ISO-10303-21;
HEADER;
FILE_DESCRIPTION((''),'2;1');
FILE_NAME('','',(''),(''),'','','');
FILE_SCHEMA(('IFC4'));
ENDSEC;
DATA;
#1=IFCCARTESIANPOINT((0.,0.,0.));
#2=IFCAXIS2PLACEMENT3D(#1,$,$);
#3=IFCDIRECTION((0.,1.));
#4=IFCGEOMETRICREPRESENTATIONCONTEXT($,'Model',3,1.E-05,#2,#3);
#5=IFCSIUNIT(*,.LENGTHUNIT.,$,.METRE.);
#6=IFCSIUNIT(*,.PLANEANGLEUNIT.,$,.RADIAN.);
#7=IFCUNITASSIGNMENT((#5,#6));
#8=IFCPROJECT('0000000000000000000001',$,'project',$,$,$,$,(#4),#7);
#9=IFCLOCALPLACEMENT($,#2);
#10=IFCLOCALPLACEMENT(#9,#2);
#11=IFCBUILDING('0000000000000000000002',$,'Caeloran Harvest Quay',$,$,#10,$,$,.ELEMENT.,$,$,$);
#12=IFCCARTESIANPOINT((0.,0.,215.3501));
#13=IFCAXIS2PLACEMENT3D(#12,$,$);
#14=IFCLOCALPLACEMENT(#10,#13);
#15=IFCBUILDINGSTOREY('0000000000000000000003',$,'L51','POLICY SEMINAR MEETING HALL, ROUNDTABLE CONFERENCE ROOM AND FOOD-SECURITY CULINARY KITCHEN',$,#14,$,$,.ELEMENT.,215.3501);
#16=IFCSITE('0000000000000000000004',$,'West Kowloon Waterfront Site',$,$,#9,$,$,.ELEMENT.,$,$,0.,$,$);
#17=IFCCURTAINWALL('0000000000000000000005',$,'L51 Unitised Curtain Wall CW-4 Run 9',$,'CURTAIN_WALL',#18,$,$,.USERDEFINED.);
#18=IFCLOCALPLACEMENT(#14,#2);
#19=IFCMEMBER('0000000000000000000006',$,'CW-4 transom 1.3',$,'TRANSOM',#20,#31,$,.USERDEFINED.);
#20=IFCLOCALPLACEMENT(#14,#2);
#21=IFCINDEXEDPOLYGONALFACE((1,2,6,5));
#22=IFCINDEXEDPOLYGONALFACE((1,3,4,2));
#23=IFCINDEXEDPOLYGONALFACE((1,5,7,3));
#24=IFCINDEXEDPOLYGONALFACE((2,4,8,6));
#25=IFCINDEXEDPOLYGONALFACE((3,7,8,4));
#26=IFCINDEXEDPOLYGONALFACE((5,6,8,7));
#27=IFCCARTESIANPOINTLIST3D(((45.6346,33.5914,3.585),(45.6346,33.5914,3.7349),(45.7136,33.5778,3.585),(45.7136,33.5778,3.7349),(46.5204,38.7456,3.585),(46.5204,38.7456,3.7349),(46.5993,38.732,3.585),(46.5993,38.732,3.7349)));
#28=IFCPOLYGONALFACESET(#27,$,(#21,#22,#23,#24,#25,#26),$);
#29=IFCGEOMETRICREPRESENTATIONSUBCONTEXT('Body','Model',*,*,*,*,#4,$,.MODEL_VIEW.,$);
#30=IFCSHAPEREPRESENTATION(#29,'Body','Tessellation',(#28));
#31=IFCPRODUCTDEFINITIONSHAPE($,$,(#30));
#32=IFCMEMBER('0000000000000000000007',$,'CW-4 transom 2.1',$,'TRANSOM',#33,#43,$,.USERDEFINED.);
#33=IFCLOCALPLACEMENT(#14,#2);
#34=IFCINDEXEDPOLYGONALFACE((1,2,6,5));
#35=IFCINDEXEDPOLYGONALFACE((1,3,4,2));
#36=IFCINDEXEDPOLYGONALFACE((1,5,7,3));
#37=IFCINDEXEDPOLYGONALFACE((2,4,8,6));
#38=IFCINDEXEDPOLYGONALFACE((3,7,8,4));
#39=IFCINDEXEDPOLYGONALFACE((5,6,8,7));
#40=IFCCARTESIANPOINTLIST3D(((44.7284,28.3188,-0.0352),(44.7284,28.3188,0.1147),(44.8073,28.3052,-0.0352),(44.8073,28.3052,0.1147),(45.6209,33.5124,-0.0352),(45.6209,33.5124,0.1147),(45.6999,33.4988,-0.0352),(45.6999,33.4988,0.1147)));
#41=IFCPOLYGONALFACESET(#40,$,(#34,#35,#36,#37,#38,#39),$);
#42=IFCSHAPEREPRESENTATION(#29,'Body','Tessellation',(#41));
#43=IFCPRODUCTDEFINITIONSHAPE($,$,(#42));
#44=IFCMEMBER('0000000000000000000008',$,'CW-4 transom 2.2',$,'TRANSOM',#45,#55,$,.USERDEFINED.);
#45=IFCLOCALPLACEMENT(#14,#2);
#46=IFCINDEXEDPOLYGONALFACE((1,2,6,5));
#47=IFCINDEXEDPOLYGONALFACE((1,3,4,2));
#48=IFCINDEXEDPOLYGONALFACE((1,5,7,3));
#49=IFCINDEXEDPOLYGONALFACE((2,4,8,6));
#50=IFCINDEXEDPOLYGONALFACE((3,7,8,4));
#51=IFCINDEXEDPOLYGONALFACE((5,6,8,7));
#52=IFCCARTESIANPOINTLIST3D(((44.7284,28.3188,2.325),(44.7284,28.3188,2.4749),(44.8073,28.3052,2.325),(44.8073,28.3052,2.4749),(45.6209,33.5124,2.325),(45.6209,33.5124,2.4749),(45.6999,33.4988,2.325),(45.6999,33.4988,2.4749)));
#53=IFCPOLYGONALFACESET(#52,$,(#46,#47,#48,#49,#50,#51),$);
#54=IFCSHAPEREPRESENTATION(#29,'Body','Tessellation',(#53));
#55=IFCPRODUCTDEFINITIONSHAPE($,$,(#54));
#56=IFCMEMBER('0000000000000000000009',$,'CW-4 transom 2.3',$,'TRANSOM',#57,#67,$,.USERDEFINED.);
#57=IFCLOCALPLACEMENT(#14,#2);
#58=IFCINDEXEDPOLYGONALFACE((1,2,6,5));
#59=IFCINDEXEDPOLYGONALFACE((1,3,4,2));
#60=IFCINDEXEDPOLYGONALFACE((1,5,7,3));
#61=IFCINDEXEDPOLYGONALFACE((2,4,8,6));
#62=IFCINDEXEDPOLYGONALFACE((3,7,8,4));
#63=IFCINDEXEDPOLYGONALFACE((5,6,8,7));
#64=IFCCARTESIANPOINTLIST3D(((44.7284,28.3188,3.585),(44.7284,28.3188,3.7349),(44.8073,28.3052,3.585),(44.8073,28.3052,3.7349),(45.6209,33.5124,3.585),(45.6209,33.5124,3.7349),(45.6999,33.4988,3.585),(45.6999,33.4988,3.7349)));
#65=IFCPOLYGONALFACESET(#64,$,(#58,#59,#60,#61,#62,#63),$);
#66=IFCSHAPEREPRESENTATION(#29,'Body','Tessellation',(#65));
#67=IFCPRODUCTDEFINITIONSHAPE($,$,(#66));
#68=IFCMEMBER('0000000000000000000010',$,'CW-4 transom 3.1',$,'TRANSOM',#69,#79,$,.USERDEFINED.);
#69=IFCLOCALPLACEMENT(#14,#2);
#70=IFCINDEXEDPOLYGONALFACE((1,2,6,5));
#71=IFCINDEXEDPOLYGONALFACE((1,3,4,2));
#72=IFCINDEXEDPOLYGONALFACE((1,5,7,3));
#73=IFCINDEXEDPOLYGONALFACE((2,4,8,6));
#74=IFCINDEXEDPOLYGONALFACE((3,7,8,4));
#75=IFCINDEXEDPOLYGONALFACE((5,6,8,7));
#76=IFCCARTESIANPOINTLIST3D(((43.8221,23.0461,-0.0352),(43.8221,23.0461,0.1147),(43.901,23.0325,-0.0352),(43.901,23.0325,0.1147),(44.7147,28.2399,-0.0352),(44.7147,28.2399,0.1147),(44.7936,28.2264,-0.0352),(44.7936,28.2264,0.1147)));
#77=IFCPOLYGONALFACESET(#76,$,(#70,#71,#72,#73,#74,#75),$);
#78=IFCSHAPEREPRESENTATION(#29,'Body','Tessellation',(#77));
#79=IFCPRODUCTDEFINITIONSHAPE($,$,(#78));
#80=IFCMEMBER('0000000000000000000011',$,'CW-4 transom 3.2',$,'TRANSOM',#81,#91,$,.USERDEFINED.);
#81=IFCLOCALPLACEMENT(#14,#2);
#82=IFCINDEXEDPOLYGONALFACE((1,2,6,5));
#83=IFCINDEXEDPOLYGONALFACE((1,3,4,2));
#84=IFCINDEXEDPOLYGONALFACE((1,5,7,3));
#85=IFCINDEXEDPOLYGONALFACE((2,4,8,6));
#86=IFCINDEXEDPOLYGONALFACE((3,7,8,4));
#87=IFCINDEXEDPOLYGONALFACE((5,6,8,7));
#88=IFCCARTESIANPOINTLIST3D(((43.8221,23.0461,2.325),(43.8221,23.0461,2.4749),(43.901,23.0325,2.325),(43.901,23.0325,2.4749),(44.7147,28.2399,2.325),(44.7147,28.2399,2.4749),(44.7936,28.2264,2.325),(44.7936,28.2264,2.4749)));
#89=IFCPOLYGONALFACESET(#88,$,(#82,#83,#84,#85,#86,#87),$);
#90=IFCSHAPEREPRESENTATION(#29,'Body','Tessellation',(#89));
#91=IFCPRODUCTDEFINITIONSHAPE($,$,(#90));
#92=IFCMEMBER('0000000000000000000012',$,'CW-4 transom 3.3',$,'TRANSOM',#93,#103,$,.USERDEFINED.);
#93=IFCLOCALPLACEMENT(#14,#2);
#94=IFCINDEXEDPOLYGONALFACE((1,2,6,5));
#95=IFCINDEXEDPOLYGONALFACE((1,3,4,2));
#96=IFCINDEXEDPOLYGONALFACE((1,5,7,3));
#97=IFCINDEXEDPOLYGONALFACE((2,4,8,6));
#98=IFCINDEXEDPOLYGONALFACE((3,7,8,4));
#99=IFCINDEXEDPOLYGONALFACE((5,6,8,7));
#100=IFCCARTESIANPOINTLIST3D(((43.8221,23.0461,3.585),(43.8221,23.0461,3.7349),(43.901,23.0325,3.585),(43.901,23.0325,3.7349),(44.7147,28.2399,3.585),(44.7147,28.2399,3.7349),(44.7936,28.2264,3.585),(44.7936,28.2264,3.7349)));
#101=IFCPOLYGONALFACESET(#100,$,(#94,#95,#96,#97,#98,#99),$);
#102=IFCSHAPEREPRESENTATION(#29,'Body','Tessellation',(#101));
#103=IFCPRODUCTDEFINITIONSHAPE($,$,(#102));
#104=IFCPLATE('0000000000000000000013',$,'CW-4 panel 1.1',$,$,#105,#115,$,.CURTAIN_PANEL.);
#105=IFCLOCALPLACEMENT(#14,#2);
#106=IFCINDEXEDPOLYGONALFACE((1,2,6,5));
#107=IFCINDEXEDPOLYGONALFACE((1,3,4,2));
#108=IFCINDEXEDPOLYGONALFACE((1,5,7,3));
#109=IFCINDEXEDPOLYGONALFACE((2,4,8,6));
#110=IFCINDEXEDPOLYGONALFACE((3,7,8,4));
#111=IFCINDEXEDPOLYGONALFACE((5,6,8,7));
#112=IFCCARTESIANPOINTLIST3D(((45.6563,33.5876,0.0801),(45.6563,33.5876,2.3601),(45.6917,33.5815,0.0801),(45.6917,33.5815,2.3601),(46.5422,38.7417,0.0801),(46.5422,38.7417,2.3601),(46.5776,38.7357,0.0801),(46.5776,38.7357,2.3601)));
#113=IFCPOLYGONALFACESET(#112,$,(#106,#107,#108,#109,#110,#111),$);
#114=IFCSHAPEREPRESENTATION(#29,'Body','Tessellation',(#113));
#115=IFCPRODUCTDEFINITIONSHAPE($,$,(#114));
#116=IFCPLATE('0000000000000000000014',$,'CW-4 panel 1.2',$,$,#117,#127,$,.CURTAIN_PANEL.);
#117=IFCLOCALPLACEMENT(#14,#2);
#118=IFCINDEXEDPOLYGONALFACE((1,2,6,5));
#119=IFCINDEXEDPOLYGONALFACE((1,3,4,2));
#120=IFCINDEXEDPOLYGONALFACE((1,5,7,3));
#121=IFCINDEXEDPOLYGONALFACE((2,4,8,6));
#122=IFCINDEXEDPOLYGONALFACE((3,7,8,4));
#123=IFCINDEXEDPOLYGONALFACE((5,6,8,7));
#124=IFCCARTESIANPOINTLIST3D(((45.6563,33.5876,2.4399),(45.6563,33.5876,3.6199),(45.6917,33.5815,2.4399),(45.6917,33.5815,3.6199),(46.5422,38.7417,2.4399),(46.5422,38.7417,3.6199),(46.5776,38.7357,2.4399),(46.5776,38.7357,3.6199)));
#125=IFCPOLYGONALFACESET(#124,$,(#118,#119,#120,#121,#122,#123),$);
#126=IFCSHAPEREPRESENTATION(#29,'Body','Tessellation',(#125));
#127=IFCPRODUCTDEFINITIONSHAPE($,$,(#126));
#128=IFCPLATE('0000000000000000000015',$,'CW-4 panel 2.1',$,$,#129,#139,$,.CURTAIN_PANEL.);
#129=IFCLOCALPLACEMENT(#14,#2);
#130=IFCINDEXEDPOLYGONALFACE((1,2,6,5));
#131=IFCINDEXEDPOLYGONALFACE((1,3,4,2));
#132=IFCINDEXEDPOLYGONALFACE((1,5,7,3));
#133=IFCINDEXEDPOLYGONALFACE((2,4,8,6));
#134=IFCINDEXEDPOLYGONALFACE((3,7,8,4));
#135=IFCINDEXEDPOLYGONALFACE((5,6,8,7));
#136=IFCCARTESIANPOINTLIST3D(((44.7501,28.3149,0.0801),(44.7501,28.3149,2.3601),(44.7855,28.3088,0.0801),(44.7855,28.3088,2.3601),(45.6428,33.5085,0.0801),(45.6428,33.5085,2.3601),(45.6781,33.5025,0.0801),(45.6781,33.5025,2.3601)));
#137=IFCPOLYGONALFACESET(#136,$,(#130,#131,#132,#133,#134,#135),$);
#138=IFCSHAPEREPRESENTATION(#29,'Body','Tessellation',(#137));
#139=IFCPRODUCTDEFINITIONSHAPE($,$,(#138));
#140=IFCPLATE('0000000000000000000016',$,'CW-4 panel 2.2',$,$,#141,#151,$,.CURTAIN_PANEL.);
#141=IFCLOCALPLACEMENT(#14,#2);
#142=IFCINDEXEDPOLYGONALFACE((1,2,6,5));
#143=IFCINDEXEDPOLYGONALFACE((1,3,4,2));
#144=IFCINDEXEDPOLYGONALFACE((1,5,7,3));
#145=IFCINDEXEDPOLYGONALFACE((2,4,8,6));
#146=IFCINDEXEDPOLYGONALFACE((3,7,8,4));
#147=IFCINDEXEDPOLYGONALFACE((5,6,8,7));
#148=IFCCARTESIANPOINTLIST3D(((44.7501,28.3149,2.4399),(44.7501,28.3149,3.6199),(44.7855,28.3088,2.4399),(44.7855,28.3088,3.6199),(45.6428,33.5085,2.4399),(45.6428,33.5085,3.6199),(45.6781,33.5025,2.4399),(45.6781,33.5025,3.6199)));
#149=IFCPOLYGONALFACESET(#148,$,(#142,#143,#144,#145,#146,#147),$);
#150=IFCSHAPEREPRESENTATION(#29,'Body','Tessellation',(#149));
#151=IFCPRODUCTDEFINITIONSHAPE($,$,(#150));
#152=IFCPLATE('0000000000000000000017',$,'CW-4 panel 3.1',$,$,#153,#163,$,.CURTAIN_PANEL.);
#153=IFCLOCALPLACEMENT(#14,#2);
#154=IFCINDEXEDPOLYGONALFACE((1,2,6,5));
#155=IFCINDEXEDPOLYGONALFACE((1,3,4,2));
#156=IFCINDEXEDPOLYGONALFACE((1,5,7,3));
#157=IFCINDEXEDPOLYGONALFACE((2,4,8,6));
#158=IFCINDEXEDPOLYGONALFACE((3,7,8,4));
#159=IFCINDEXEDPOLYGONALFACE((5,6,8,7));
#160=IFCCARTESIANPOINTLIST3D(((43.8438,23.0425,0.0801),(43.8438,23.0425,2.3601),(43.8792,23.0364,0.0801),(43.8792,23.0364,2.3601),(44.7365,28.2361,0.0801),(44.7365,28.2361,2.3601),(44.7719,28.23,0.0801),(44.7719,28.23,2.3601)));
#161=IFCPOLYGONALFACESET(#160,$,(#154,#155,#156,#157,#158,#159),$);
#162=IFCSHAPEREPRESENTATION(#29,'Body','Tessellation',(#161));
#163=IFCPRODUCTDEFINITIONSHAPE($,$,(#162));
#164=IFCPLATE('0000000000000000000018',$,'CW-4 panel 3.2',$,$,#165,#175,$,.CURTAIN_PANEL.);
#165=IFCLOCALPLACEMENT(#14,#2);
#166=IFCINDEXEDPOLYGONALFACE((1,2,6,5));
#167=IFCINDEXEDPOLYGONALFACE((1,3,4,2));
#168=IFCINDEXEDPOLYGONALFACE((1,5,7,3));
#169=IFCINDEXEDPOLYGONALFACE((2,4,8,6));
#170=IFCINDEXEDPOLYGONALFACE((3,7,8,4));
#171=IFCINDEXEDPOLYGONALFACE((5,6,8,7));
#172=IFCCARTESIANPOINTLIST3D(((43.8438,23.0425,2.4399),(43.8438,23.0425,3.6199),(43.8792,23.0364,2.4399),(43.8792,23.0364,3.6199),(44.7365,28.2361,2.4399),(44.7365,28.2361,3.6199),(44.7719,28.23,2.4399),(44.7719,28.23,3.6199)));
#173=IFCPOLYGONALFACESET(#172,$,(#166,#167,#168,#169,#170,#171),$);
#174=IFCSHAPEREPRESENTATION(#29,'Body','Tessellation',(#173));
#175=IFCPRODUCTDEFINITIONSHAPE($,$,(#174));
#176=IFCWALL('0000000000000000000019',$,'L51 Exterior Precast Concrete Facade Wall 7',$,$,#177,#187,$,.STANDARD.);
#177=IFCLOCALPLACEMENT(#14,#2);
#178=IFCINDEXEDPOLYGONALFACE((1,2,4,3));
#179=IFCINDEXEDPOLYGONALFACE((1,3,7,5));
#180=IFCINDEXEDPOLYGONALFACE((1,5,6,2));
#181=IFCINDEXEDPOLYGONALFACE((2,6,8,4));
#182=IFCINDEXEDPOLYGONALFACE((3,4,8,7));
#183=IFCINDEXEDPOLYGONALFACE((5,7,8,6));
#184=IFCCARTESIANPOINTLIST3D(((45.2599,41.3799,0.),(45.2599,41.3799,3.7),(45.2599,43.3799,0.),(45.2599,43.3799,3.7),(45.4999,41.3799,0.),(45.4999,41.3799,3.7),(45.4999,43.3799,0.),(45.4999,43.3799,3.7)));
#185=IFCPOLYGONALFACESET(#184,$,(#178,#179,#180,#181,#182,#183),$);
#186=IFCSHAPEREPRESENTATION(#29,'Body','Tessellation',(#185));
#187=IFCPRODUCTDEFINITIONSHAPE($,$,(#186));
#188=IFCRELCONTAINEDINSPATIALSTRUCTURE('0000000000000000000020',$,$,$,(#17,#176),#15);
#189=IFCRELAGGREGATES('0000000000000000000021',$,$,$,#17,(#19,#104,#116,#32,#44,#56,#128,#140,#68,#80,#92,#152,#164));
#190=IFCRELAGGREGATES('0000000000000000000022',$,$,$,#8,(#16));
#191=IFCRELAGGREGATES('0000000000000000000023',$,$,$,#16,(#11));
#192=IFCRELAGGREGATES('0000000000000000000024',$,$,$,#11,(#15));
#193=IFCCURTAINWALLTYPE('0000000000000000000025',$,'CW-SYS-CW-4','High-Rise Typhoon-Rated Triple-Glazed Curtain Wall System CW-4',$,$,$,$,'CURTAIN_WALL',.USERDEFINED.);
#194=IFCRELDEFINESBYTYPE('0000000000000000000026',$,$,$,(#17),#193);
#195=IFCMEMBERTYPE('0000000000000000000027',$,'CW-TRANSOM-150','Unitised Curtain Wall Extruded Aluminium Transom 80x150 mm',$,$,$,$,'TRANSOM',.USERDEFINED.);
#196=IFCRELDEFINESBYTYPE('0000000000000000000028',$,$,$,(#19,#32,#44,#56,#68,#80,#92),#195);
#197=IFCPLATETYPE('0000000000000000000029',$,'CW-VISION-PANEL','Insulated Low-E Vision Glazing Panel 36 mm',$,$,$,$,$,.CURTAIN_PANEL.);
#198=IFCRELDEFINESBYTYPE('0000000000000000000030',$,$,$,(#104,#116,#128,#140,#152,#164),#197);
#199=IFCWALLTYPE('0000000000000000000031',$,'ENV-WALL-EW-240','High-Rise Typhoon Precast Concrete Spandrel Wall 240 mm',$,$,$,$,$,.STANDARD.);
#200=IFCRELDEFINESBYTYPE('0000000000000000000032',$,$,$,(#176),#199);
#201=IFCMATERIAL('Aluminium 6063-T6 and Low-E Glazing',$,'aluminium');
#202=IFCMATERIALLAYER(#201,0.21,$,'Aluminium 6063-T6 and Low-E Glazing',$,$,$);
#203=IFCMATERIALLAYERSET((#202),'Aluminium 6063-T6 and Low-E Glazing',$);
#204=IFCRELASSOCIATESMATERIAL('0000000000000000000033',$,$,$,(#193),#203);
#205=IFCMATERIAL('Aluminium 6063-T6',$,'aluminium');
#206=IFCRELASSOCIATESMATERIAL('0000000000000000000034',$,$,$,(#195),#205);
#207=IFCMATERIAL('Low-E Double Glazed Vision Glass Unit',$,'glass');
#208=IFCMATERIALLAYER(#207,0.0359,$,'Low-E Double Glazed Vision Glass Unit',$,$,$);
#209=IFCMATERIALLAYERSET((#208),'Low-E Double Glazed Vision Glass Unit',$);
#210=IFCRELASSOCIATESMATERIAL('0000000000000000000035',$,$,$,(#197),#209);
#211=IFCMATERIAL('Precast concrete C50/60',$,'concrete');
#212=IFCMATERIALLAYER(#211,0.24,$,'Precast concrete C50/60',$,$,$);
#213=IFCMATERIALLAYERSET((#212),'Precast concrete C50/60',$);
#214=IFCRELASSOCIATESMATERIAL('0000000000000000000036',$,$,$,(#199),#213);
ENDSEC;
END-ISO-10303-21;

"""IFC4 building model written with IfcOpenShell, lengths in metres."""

from ifc_helpers import new_model, si_unit, direction, frame, frame_2d, origin, origin_2d, place, context, subcontext, project, spatial, rectangle, extrude, material, layer, layer_set, material_profile, profile_set, type_object, element, aggregate, save


model = new_model("IFC4")

# Units and contexts
model_context = context("Model", 3, precision=1e-05, world=origin(), true_north=direction((0.0, 1.0)))
body_context = subcontext(model_context, "Body", "Model", "MODEL_VIEW")
ifc_project = project(units=[si_unit("LENGTHUNIT", "METRE"), si_unit("PLANEANGLEUNIT", "RADIAN")], contexts=[model_context])

# Site, building, storey
site_placement = place(None, origin())
site = spatial("IfcSite", under=ifc_project, at=site_placement, Name="West Kowloon Waterfront Site", CompositionType="ELEMENT", RefElevation=0.0)
building_placement = place(site_placement, origin())
building = spatial("IfcBuilding", under=site, at=building_placement, Name="Caeloran Harvest Quay", CompositionType="ELEMENT")
storey_placement = place(building_placement, frame((0.0, 0.0, 215.3501)))
storey = spatial("IfcBuildingStorey", under=building, at=storey_placement, Name="L51", Description="POLICY SEMINAR MEETING HALL, ROUNDTABLE CONFERENCE ROOM AND FOOD-SECURITY CULINARY KITCHEN", CompositionType="ELEMENT", Elevation=215.3501)

# Curtain wall, members, plates
ifc_material_1 = material(Name="Aluminium 6063-T6 and Low-E Glazing", Category="aluminium")
ifc_layer_1 = layer(ifc_material_1, 0.21, Name="Aluminium 6063-T6 and Low-E Glazing")
ifc_layer_set_1 = layer_set([ifc_layer_1], Name="Aluminium 6063-T6 and Low-E Glazing")
curtain_wall_type = type_object("IfcCurtainWallType", Name="CW-SYS-CW-4", Description="High-Rise Typhoon-Rated Triple-Glazed Curtain Wall System CW-4", ElementType="CURTAIN_WALL", PredefinedType="USERDEFINED", material=ifc_layer_set_1)
curtain_wall_placement = place(storey_placement, origin())
curtain_wall = element("IfcCurtainWall", 1, at=curtain_wall_placement, inside=storey, type_object=curtain_wall_type, Name="L51 Unitised Curtain Wall CW-4 Run 9", ObjectType="CURTAIN_WALL", PredefinedType="USERDEFINED")
ifc_material_2 = material(Name="Aluminium 6063-T6", Category="aluminium")
ifc_material_profile_1 = material_profile(ifc_material_2, rectangle(XDim=0.0801, YDim=0.1499, at=origin_2d()), Name="CW-TRANSOM-150")
ifc_profile_set_1 = profile_set([ifc_material_profile_1], Name="Aluminium 6063-T6")
member_type_1 = type_object("IfcMemberType", Name="CW-TRANSOM-150", Description="Unitised Curtain Wall Extruded Aluminium Transom 80x150 mm", ElementType="TRANSOM", PredefinedType="USERDEFINED", material=ifc_profile_set_1)
member_1_placement = place(storey_placement, frame((46.5598, 38.7388, 3.6599), z_axis=(-0.169363, -0.985554, 0.0), x_axis=(0.985554, -0.169363, 0.0)))
member_1 = element("IfcMember", 2, at=member_1_placement, type_object=member_type_1, Name="CW-4 transom 1.3", ObjectType="TRANSOM", PredefinedType="USERDEFINED", context=body_context, shape_type="SweptSolid", body=[
    extrude(rectangle(XDim=0.0801, YDim=0.1499, at=origin_2d()), origin(), (0.0, 0.0, 1.0), 5.2297),
])
member_2_placement = place(storey_placement, frame((45.6604, 33.5056, 0.0398), z_axis=(-0.169378, -0.985551, 0.0), x_axis=(0.985551, -0.169378, 0.0)))
member_2 = element("IfcMember", 3, at=member_2_placement, type_object=member_type_1, Name="CW-4 transom 2.1", ObjectType="TRANSOM", PredefinedType="USERDEFINED", context=body_context, shape_type="SweptSolid", body=[
    extrude(rectangle(XDim=0.0801, YDim=0.1499, at=origin_2d()), origin(), (0.0, 0.0, 1.0), 5.2698),
])
member_3_placement = place(storey_placement, frame((45.6604, 33.5056, 2.3999), z_axis=(-0.169378, -0.985551, 0.0), x_axis=(0.985551, -0.169378, 0.0)))
member_3 = element("IfcMember", 4, at=member_3_placement, type_object=member_type_1, Name="CW-4 transom 2.2", ObjectType="TRANSOM", PredefinedType="USERDEFINED", context=body_context, shape_type="SweptSolid", body=[
    extrude(rectangle(XDim=0.0801, YDim=0.1499, at=origin_2d()), origin(), (0.0, 0.0, 1.0), 5.2698),
])
member_4_placement = place(storey_placement, frame((45.6604, 33.5056, 3.6599), z_axis=(-0.169378, -0.985551, 0.0), x_axis=(0.985551, -0.169378, 0.0)))
member_4 = element("IfcMember", 5, at=member_4_placement, type_object=member_type_1, Name="CW-4 transom 2.3", ObjectType="TRANSOM", PredefinedType="USERDEFINED", context=body_context, shape_type="SweptSolid", body=[
    extrude(rectangle(XDim=0.0801, YDim=0.1499, at=origin_2d()), origin(), (0.0, 0.0, 1.0), 5.2698),
])
member_5_placement = place(storey_placement, frame((44.7542, 28.2332, 0.0398), z_axis=(-0.16937, -0.985553, 0.0), x_axis=(0.985553, -0.16937, 0.0)))
member_5 = element("IfcMember", 6, at=member_5_placement, type_object=member_type_1, Name="CW-4 transom 3.1", ObjectType="TRANSOM", PredefinedType="USERDEFINED", context=body_context, shape_type="SweptSolid", body=[
    extrude(rectangle(XDim=0.0801, YDim=0.1499, at=origin_2d()), origin(), (0.0, 0.0, 1.0), 5.27),
])
member_6_placement = place(storey_placement, frame((44.7542, 28.2332, 2.3999), z_axis=(-0.16937, -0.985553, 0.0), x_axis=(0.985553, -0.16937, 0.0)))
member_6 = element("IfcMember", 7, at=member_6_placement, type_object=member_type_1, Name="CW-4 transom 3.2", ObjectType="TRANSOM", PredefinedType="USERDEFINED", context=body_context, shape_type="SweptSolid", body=[
    extrude(rectangle(XDim=0.0801, YDim=0.1499, at=origin_2d()), origin(), (0.0, 0.0, 1.0), 5.27),
])
member_7_placement = place(storey_placement, frame((44.7542, 28.2332, 3.6599), z_axis=(-0.16937, -0.985553, 0.0), x_axis=(0.985553, -0.16937, 0.0)))
member_7 = element("IfcMember", 8, at=member_7_placement, type_object=member_type_1, Name="CW-4 transom 3.3", ObjectType="TRANSOM", PredefinedType="USERDEFINED", context=body_context, shape_type="SweptSolid", body=[
    extrude(rectangle(XDim=0.0801, YDim=0.1499, at=origin_2d()), origin(), (0.0, 0.0, 1.0), 5.27),
])
ifc_material_3 = material(Name="Low-E Double Glazed Vision Glass Unit", Category="glass")
ifc_layer_2 = layer(ifc_material_3, 0.0359, Name="Low-E Double Glazed Vision Glass Unit")
ifc_layer_set_2 = layer_set([ifc_layer_2], Name="Low-E Double Glazed Vision Glass Unit")
plate_type = type_object("IfcPlateType", Name="CW-VISION-PANEL", Description="Insulated Low-E Vision Glazing Panel 36 mm", PredefinedType="CURTAIN_PANEL", material=ifc_layer_set_2)
plate_1_placement = place(storey_placement, frame((46.1169, 36.1616, 0.0801), z_axis=(0.0, 0.0, 1.0), x_axis=(-0.169391, -0.985549, 0.0)))
plate_1 = element("IfcPlate", 9, at=plate_1_placement, type_object=plate_type, Name="CW-4 panel 1.1", PredefinedType="CURTAIN_PANEL", context=body_context, shape_type="SweptSolid", body=[
    extrude(rectangle(XDim=5.2297, YDim=0.0359, at=origin_2d()), origin(), (0.0, 0.0, 1.0), 2.28),
])
plate_2_placement = place(storey_placement, frame((46.1169, 36.1616, 2.4399), z_axis=(0.0, 0.0, 1.0), x_axis=(-0.169391, -0.985549, 0.0)))
plate_2 = element("IfcPlate", 10, at=plate_2_placement, type_object=plate_type, Name="CW-4 panel 1.2", PredefinedType="CURTAIN_PANEL", context=body_context, shape_type="SweptSolid", body=[
    extrude(rectangle(XDim=5.2297, YDim=0.0359, at=origin_2d()), origin(), (0.0, 0.0, 1.0), 1.1799),
])
plate_3_placement = place(storey_placement, frame((45.2141, 30.9087, 0.0801), z_axis=(0.0, 0.0, 1.0), x_axis=(-0.169391, -0.985549, 0.0)))
plate_3 = element("IfcPlate", 11, at=plate_3_placement, type_object=plate_type, Name="CW-4 panel 2.1", PredefinedType="CURTAIN_PANEL", context=body_context, shape_type="SweptSolid", body=[
    extrude(rectangle(XDim=5.2698, YDim=0.0359, at=origin_2d()), origin(), (0.0, 0.0, 1.0), 2.28),
])
plate_4_placement = place(storey_placement, frame((45.2141, 30.9087, 2.4399), z_axis=(0.0, 0.0, 1.0), x_axis=(-0.169391, -0.985549, 0.0)))
plate_4 = element("IfcPlate", 12, at=plate_4_placement, type_object=plate_type, Name="CW-4 panel 2.2", PredefinedType="CURTAIN_PANEL", context=body_context, shape_type="SweptSolid", body=[
    extrude(rectangle(XDim=5.2698, YDim=0.0359, at=origin_2d()), origin(), (0.0, 0.0, 1.0), 1.1799),
])
plate_5_placement = place(storey_placement, frame((44.3079, 25.6362, 0.0801), z_axis=(0.0, 0.0, 1.0), x_axis=(-0.169391, -0.985549, 0.0)))
plate_5 = element("IfcPlate", 13, at=plate_5_placement, type_object=plate_type, Name="CW-4 panel 3.1", PredefinedType="CURTAIN_PANEL", context=body_context, shape_type="SweptSolid", body=[
    extrude(rectangle(XDim=5.2698, YDim=0.0359, at=origin_2d()), origin(), (0.0, 0.0, 1.0), 2.28),
])
plate_6_placement = place(storey_placement, frame((44.3079, 25.6362, 2.4399), z_axis=(0.0, 0.0, 1.0), x_axis=(-0.169391, -0.985549, 0.0)))
plate_6 = element("IfcPlate", 14, at=plate_6_placement, type_object=plate_type, Name="CW-4 panel 3.2", PredefinedType="CURTAIN_PANEL", context=body_context, shape_type="SweptSolid", body=[
    extrude(rectangle(XDim=5.2698, YDim=0.0359, at=origin_2d()), origin(), (0.0, 0.0, 1.0), 1.1799),
])
aggregate(curtain_wall, [member_1, plate_1, plate_2, member_2, member_3, member_4, plate_3, plate_4, member_5, member_6, member_7, plate_5, plate_6])

# Wall
ifc_material_4 = material(Name="Precast concrete C50/60", Category="concrete")
ifc_layer_3 = layer(ifc_material_4, 0.24, Name="Precast concrete C50/60")
ifc_layer_set_3 = layer_set([ifc_layer_3], Name="Precast concrete C50/60")
wall_type_1 = type_object("IfcWallType", Name="ENV-WALL-EW-240", Description="High-Rise Typhoon Precast Concrete Spandrel Wall 240 mm", PredefinedType="STANDARD", material=ifc_layer_set_3)
wall_1_placement = place(storey_placement, frame((45.3799, 43.3799, 0.0), z_axis=(0.0, 0.0, 1.0), x_axis=(0.0, -1.0, 0.0)))
element("IfcWall", 15, at=wall_1_placement, inside=storey, type_object=wall_type_1, Name="L51 Exterior Precast Concrete Facade Wall 7", PredefinedType="STANDARD", context=body_context, shape_type="SweptSolid", body=[
    extrude(rectangle(XDim=2.0, YDim=0.24, at=frame_2d((1.0, 0.0))), origin(), (0.0, 0.0, 1.0), 3.7),
])

save(model, "model.ifc")
